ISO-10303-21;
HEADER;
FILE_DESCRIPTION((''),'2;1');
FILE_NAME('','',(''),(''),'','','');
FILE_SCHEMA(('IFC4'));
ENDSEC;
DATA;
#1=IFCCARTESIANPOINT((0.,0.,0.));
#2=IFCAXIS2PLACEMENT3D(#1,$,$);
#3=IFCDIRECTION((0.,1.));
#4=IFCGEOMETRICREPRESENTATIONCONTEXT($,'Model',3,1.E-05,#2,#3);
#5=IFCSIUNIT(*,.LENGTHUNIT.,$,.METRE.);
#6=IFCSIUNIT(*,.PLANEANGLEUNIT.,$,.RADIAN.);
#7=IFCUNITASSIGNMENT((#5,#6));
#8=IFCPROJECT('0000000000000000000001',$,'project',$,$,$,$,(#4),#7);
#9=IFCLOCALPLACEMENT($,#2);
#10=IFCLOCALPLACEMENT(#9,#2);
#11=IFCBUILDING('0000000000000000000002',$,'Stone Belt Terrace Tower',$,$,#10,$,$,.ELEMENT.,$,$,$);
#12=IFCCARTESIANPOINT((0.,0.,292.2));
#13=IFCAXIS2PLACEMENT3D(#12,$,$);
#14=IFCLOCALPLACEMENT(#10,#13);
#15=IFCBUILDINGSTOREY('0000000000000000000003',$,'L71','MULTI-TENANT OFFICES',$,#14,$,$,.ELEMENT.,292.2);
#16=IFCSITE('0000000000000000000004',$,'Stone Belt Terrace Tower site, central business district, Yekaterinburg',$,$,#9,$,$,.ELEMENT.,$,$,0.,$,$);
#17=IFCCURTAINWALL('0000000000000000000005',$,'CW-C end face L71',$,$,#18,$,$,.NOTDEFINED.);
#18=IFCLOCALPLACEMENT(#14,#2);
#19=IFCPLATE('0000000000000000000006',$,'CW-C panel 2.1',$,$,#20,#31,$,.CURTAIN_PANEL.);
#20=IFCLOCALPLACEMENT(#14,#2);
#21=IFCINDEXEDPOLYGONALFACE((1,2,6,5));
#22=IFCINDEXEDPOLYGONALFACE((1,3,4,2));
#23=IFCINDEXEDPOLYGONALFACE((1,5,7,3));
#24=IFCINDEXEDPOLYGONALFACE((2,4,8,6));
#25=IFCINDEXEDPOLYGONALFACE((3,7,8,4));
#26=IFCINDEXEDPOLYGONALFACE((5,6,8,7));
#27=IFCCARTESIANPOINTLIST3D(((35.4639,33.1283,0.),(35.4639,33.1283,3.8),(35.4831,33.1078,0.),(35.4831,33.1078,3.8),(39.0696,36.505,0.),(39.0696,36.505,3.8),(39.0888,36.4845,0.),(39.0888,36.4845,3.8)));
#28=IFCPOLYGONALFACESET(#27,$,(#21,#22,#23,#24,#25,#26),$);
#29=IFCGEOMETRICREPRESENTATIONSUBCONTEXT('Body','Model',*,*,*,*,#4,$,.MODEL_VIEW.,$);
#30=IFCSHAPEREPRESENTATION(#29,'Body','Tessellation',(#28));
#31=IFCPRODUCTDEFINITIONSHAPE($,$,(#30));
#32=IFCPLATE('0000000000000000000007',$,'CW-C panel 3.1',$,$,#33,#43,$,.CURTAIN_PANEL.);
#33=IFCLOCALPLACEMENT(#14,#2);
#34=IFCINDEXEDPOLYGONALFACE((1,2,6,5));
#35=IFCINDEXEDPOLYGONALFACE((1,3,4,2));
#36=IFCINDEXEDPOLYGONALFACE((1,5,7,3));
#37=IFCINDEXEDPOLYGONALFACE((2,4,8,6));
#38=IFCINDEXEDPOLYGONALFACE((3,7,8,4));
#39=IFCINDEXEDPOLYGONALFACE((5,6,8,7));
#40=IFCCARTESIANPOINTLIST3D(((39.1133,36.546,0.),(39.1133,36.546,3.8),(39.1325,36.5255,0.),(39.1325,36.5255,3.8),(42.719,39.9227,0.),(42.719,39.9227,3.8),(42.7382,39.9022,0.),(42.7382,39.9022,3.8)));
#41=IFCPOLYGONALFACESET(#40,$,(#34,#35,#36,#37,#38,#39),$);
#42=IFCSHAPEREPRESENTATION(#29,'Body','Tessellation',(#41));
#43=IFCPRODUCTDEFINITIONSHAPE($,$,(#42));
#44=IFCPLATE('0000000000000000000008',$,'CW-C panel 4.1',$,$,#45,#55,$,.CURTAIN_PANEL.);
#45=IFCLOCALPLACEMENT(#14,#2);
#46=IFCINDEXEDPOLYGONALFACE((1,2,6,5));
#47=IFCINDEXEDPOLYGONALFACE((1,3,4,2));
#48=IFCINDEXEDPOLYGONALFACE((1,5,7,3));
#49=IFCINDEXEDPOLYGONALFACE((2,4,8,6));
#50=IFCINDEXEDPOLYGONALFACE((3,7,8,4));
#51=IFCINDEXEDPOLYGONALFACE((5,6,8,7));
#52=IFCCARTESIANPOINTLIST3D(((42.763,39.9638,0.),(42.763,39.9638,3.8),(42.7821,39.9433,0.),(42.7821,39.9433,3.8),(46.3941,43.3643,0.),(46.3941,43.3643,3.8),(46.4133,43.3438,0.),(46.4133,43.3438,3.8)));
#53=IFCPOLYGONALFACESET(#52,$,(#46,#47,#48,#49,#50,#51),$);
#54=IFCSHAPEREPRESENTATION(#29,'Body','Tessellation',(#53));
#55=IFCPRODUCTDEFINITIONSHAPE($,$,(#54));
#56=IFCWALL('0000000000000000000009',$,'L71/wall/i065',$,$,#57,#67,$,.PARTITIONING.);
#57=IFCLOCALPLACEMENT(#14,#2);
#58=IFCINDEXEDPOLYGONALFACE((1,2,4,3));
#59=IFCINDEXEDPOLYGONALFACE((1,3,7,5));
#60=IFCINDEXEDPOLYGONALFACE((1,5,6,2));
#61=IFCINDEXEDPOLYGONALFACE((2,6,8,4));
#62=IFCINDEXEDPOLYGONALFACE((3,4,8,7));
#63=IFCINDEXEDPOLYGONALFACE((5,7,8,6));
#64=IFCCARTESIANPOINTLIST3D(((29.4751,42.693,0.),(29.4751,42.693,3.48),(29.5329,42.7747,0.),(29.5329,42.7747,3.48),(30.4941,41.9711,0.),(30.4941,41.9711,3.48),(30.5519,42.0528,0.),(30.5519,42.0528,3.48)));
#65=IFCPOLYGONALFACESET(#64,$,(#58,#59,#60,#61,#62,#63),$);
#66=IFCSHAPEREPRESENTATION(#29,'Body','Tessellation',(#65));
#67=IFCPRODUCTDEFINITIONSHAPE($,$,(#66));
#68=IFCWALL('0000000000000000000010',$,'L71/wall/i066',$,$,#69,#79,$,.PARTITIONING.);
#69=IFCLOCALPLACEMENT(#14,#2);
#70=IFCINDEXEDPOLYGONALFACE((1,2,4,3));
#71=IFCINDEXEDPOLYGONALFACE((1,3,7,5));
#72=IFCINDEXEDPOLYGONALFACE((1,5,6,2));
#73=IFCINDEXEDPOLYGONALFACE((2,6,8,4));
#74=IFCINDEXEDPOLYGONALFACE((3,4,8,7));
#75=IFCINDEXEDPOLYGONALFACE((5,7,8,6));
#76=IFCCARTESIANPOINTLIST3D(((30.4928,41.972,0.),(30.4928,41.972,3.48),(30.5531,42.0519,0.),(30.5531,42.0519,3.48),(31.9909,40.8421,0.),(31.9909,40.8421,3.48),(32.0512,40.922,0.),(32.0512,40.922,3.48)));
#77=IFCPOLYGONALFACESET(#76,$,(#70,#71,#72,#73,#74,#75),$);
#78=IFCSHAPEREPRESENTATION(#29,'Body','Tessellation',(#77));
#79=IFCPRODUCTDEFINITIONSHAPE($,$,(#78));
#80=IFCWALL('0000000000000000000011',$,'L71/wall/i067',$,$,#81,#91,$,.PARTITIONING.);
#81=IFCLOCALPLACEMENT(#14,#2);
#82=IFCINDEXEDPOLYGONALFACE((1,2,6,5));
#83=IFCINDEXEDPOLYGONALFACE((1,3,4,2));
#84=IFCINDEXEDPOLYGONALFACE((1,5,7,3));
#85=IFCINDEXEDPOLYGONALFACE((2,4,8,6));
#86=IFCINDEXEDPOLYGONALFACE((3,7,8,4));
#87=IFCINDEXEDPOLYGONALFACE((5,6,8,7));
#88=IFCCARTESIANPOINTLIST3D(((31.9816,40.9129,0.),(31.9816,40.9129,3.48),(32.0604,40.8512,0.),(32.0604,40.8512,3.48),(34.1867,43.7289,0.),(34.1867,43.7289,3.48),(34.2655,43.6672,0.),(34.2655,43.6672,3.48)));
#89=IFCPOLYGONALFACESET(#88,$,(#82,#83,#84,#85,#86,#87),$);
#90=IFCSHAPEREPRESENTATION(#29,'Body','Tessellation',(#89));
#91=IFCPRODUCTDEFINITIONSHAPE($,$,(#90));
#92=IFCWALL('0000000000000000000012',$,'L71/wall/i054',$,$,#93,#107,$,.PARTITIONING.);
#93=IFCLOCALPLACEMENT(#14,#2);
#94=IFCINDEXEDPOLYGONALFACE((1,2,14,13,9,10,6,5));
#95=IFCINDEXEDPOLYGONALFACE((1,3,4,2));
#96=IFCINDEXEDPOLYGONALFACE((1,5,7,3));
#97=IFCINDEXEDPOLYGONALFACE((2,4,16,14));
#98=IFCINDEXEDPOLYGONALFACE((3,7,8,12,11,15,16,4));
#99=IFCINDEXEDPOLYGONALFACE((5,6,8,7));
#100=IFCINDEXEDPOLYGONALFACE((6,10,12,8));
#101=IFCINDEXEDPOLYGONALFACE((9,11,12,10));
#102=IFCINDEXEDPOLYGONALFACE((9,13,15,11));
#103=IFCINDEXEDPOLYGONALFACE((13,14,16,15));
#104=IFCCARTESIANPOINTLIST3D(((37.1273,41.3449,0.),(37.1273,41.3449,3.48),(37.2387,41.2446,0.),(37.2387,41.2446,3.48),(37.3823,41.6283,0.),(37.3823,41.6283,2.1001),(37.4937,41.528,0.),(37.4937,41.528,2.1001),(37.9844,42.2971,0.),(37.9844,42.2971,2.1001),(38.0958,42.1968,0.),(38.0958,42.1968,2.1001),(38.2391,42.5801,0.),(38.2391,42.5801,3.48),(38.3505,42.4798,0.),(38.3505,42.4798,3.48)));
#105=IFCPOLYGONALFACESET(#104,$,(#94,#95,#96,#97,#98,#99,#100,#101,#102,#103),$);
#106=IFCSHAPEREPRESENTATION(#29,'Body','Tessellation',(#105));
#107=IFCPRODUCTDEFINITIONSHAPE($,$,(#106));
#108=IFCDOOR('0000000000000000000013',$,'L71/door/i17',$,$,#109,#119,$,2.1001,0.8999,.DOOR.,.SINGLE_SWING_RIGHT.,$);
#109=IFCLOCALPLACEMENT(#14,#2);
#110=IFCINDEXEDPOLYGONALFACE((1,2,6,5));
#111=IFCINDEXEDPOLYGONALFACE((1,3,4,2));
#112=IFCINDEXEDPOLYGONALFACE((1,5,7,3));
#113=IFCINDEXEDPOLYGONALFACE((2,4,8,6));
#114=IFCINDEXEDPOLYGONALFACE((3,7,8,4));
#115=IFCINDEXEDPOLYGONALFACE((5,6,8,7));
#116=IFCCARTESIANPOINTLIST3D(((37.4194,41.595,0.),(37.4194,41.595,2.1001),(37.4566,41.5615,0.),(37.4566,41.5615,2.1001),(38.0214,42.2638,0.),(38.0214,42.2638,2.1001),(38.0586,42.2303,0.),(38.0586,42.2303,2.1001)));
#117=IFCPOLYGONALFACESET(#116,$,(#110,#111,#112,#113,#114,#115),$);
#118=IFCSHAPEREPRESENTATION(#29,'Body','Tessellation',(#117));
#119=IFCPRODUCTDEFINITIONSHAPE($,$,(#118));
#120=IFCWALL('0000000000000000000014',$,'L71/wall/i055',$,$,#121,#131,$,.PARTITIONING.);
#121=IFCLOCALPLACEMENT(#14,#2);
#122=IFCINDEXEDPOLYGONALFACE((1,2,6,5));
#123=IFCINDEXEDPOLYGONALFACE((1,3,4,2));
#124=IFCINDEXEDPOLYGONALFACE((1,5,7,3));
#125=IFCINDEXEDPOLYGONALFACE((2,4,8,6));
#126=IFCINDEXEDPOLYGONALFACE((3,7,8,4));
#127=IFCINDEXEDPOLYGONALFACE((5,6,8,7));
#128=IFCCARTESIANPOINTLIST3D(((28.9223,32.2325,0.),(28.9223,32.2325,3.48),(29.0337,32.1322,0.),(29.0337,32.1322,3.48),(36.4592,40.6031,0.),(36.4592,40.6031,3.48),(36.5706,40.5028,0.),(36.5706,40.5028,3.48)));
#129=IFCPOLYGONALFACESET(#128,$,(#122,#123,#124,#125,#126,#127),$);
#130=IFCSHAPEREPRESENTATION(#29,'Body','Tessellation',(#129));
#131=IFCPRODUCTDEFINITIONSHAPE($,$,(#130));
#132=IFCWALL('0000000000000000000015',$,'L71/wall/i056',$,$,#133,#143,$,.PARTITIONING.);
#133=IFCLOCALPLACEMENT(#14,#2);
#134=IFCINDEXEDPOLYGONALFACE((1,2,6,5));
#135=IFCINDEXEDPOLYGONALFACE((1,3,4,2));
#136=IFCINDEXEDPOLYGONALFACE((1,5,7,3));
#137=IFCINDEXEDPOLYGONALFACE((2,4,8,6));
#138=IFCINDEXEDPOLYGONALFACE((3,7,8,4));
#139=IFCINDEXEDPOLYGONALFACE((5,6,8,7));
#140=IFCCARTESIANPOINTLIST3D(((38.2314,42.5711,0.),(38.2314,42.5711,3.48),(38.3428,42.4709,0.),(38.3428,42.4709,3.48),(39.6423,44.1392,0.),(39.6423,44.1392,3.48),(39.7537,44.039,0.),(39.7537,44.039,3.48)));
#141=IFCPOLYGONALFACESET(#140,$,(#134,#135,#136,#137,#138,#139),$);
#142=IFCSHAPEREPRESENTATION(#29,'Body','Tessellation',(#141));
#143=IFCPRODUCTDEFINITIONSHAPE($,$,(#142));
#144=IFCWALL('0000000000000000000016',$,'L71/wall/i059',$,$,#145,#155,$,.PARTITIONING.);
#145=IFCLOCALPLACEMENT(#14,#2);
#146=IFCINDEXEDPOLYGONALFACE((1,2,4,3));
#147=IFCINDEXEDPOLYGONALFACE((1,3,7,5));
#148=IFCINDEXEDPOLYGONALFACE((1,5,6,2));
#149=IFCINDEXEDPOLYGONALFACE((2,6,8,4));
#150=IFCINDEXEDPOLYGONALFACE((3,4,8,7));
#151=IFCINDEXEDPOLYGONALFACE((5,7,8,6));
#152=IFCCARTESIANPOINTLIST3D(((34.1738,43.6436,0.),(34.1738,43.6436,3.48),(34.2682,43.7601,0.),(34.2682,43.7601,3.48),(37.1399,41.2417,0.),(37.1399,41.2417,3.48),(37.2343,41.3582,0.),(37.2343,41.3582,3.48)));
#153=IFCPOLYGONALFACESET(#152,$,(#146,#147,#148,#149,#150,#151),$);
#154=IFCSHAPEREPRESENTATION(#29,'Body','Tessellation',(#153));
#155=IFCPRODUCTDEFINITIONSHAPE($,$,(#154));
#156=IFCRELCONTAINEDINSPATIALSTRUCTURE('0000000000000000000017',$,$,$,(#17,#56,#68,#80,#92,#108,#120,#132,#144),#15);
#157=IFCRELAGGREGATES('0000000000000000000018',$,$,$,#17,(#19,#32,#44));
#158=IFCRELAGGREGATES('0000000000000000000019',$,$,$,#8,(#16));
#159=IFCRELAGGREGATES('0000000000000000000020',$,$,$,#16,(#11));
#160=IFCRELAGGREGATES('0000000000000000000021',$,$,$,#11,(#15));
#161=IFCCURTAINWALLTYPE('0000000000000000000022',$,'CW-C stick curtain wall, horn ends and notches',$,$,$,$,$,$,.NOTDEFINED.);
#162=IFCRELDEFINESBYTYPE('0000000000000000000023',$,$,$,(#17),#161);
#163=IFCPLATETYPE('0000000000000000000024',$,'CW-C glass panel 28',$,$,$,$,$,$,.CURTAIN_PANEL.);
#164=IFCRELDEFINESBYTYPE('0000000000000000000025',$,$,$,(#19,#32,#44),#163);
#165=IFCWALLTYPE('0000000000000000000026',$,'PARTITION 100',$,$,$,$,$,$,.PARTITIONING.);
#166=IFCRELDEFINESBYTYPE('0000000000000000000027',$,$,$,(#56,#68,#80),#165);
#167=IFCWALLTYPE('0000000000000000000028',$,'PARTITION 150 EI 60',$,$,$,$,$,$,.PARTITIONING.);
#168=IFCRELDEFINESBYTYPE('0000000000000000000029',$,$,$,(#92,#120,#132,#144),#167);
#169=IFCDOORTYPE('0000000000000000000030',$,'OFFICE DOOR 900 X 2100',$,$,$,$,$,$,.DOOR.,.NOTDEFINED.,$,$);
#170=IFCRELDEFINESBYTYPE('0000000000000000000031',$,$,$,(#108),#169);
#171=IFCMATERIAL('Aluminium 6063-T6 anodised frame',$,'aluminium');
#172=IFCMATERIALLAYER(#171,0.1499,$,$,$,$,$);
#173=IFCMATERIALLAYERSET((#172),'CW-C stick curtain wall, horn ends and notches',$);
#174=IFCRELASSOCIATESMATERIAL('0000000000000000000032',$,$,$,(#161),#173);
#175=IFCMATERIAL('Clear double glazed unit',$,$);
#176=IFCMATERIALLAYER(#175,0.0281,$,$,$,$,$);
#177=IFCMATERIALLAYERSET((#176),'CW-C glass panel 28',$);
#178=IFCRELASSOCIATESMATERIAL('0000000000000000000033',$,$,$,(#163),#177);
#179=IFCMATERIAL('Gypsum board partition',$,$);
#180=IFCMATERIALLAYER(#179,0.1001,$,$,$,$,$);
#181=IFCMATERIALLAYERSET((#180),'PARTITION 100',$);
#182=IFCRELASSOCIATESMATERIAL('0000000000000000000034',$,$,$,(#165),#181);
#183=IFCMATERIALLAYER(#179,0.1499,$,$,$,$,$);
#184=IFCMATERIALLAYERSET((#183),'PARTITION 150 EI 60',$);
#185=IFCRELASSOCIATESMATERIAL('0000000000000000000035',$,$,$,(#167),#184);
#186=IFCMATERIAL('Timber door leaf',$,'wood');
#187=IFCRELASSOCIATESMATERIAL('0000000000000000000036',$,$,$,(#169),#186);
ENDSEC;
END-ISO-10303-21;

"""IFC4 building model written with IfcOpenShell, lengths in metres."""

from ifc_helpers import new_model, si_unit, direction, frame, frame_2d, origin, origin_2d, place, context, subcontext, project, spatial, rectangle, extrude, material, layer, layer_set, type_object, element, fill, aggregate, save


model = new_model("IFC4")

# Units and contexts
model_context = context("Model", 3, precision=1e-05, world=origin(), true_north=direction((0.0, 1.0)))
body_context = subcontext(model_context, "Body", "Model", "MODEL_VIEW")
ifc_project = project(units=[si_unit("LENGTHUNIT", "METRE"), si_unit("PLANEANGLEUNIT", "RADIAN")], contexts=[model_context])

# Site, building, storey
site_placement = place(None, origin())
site = spatial("IfcSite", under=ifc_project, at=site_placement, Name="Stone Belt Terrace Tower site, central business district, Yekaterinburg", CompositionType="ELEMENT", RefElevation=0.0)
building_placement = place(site_placement, origin())
building = spatial("IfcBuilding", under=site, at=building_placement, Name="Stone Belt Terrace Tower", CompositionType="ELEMENT")
storey_placement = place(building_placement, frame((0.0, 0.0, 292.2)))
storey = spatial("IfcBuildingStorey", under=building, at=storey_placement, Name="L71", Description="MULTI-TENANT OFFICES", CompositionType="ELEMENT", Elevation=292.2)

# Curtain wall
ifc_material_1 = material(Name="Aluminium 6063-T6 anodised frame", Category="aluminium")
ifc_layer_1 = layer(ifc_material_1, 0.1499)
ifc_layer_set_1 = layer_set([ifc_layer_1], Name="CW-C stick curtain wall, horn ends and notches")
curtain_wall_type = type_object("IfcCurtainWallType", Name="CW-C stick curtain wall, horn ends and notches", PredefinedType="NOTDEFINED", material=ifc_layer_set_1)
curtain_wall_1_placement = place(storey_placement, origin())
curtain_wall_1 = element("IfcCurtainWall", 1, at=curtain_wall_1_placement, inside=storey, type_object=curtain_wall_type, Name="CW-C end face L71", PredefinedType="NOTDEFINED")

# Plates
ifc_material_2 = material(Name="Clear double glazed unit")
ifc_layer_2 = layer(ifc_material_2, 0.0281)
ifc_layer_set_2 = layer_set([ifc_layer_2], Name="CW-C glass panel 28")
plate_type = type_object("IfcPlateType", Name="CW-C glass panel 28", PredefinedType="CURTAIN_PANEL", material=ifc_layer_set_2)
plate_1_placement = place(storey_placement, frame((37.2764, 34.8064, 0.0), z_axis=(0.0, 0.0, 1.0), x_axis=(0.729904, 0.683549, 0.0)))
plate_1 = element("IfcPlate", 2, at=plate_1_placement, type_object=plate_type, Name="CW-C panel 2.1", PredefinedType="CURTAIN_PANEL", context=body_context, shape_type="SweptSolid", body=[
    extrude(rectangle(XDim=4.9399, YDim=0.0281, at=origin_2d()), origin(), (0.0, 0.0, 1.0), 3.8),
])
plate_2_placement = place(storey_placement, frame((40.9258, 38.2241, 0.0), z_axis=(0.0, 0.0, 1.0), x_axis=(0.729904, 0.683549, 0.0)))
plate_2 = element("IfcPlate", 3, at=plate_2_placement, type_object=plate_type, Name="CW-C panel 3.1", PredefinedType="CURTAIN_PANEL", context=body_context, shape_type="SweptSolid", body=[
    extrude(rectangle(XDim=4.9399, YDim=0.0281, at=origin_2d()), origin(), (0.0, 0.0, 1.0), 3.8),
])
plate_3_placement = place(storey_placement, frame((44.5881, 41.6538, 0.0), z_axis=(0.0, 0.0, 1.0), x_axis=(0.729904, 0.683549, 0.0)))
plate_3 = element("IfcPlate", 4, at=plate_3_placement, type_object=plate_type, Name="CW-C panel 4.1", PredefinedType="CURTAIN_PANEL", context=body_context, shape_type="SweptSolid", body=[
    extrude(rectangle(XDim=4.9749, YDim=0.0281, at=origin_2d()), origin(), (0.0, 0.0, 1.0), 3.8),
])
aggregate(curtain_wall_1, [plate_1, plate_2, plate_3])

# Walls
ifc_material_3 = material(Name="Gypsum board partition")
ifc_layer_3 = layer(ifc_material_3, 0.1001)
ifc_layer_set_3 = layer_set([ifc_layer_3], Name="PARTITION 100")
wall_type_1 = type_object("IfcWallType", Name="PARTITION 100", PredefinedType="PARTITIONING", material=ifc_layer_set_3)
wall_1_placement = place(storey_placement, frame((29.5039, 42.7339, 0.0), z_axis=(0.0, 0.0, 1.0), x_axis=(0.815986, -0.578072, 0.0)))
element("IfcWall", 5, at=wall_1_placement, inside=storey, type_object=wall_type_1, Name="L71/wall/i065", PredefinedType="PARTITIONING", context=body_context, shape_type="SweptSolid", body=[
    extrude(rectangle(XDim=1.2488, YDim=0.1001, at=frame_2d((0.6245, 0.0))), origin(), (0.0, 0.0, 1.0), 3.48),
])
wall_2_placement = place(storey_placement, frame((30.5229, 42.012, 0.0), z_axis=(0.0, 0.0, 1.0), x_axis=(0.798373, -0.602163, 0.0)))
element("IfcWall", 6, at=wall_2_placement, inside=storey, type_object=wall_type_1, Name="L71/wall/i066", PredefinedType="PARTITIONING", context=body_context, shape_type="SweptSolid", body=[
    extrude(rectangle(XDim=1.8765, YDim=0.1001, at=frame_2d((0.9382, 0.0))), origin(), (0.0, 0.0, 1.0), 3.48),
])
wall_3_placement = place(storey_placement, frame((32.021, 40.8821, 0.0), z_axis=(0.0, 0.0, 1.0), x_axis=(0.616536, 0.787326, 0.0)))
element("IfcWall", 7, at=wall_3_placement, inside=storey, type_object=wall_type_1, Name="L71/wall/i067", PredefinedType="PARTITIONING", context=body_context, shape_type="SweptSolid", body=[
    extrude(rectangle(XDim=3.5767, YDim=0.1001, at=frame_2d((1.7883, 0.0))), origin(), (0.0, 0.0, 1.0), 3.48),
])

# Wall, opening, door
ifc_layer_4 = layer(ifc_material_3, 0.1499)
ifc_layer_set_4 = layer_set([ifc_layer_4], Name="PARTITION 150 EI 60")
wall_type_2 = type_object("IfcWallType", Name="PARTITION 150 EI 60", PredefinedType="PARTITIONING", material=ifc_layer_set_4)
wall_4_placement = place(storey_placement, frame((38.2949, 42.53, 0.0), z_axis=(0.0, 0.0, 1.0), x_axis=(-0.669038, -0.743228, 0.0)))
wall_4 = element("IfcWall", 8, at=wall_4_placement, inside=storey, type_object=wall_type_2, Name="L71/wall/i054", PredefinedType="PARTITIONING", context=body_context, shape_type="SweptSolid", body=[
    extrude(rectangle(XDim=1.6619, YDim=0.1499, at=frame_2d((0.8311, 0.0))), origin(), (0.0, 0.0, 1.0), 3.48),
])
opening_placement = place(wall_4_placement, frame((0.3809, 0.0, 0.0)))
opening = element("IfcOpeningElement", 9, at=opening_placement, cuts=wall_4, PredefinedType="OPENING", context=body_context, shape_type="SweptSolid", body=[
    extrude(rectangle(XDim=0.8999, YDim=2.1001, at=frame_2d((0.45, 1.05))), frame((0.0, 0.085, 0.0), z_axis=(0.0, -1.0, 0.0), x_axis=(1.0, 0.0, 0.0)), (0.0, 0.0, 1.0), 0.1699),
])
ifc_material_4 = material(Name="Timber door leaf", Category="wood")
door_type = type_object("IfcDoorType", Name="OFFICE DOOR 900 X 2100", OperationType="NOTDEFINED", PredefinedType="DOOR", material=ifc_material_4)
door_placement = place(opening_placement, origin())
door = element("IfcDoor", 10, at=door_placement, inside=storey, type_object=door_type, Name="L71/door/i17", OperationType="SINGLE_SWING_RIGHT", OverallHeight=2.1001, OverallWidth=0.8999, PredefinedType="DOOR", context=body_context, shape_type="SweptSolid", body=[
    extrude(rectangle(XDim=0.8999, YDim=2.1001, at=frame_2d((0.45, 1.05))), frame((0.0, 0.0249, 0.0), z_axis=(0.0, -1.0, 0.0), x_axis=(1.0, 0.0, 0.0)), (0.0, 0.0, 1.0), 0.05),
])
fill(opening, door)

# Walls
wall_5_placement = place(storey_placement, frame((28.978, 32.1824, 0.0), z_axis=(0.0, 0.0, 1.0), x_axis=(0.669128, 0.743148, 0.0)))
element("IfcWall", 11, at=wall_5_placement, inside=storey, type_object=wall_type_2, Name="L71/wall/i055", PredefinedType="PARTITIONING", context=body_context, shape_type="SweptSolid", body=[
    extrude(rectangle(XDim=11.2637, YDim=0.1499, at=frame_2d((5.6318, 0.0))), origin(), (0.0, 0.0, 1.0), 3.48),
])
wall_6_placement = place(storey_placement, frame((38.2871, 42.521, 0.0), z_axis=(0.0, 0.0, 1.0), x_axis=(0.668856, 0.743392, 0.0)))
element("IfcWall", 12, at=wall_6_placement, inside=storey, type_object=wall_type_2, Name="L71/wall/i056", PredefinedType="PARTITIONING", context=body_context, shape_type="SweptSolid", body=[
    extrude(rectangle(XDim=2.1094, YDim=0.1499, at=frame_2d((1.0547, 0.0))), origin(), (0.0, 0.0, 1.0), 3.48),
])
wall_7_placement = place(storey_placement, frame((37.187, 41.3, 0.0), z_axis=(0.0, 0.0, 1.0), x_axis=(-0.777148, 0.629318, 0.0)))
element("IfcWall", 13, at=wall_7_placement, inside=storey, type_object=wall_type_2, Name="L71/wall/i059", PredefinedType="PARTITIONING", context=body_context, shape_type="SweptSolid", body=[
    extrude(rectangle(XDim=3.8167, YDim=0.1499, at=frame_2d((1.9082, 0.0))), origin(), (0.0, 0.0, 1.0), 3.48),
])

save(model, "model.ifc")
